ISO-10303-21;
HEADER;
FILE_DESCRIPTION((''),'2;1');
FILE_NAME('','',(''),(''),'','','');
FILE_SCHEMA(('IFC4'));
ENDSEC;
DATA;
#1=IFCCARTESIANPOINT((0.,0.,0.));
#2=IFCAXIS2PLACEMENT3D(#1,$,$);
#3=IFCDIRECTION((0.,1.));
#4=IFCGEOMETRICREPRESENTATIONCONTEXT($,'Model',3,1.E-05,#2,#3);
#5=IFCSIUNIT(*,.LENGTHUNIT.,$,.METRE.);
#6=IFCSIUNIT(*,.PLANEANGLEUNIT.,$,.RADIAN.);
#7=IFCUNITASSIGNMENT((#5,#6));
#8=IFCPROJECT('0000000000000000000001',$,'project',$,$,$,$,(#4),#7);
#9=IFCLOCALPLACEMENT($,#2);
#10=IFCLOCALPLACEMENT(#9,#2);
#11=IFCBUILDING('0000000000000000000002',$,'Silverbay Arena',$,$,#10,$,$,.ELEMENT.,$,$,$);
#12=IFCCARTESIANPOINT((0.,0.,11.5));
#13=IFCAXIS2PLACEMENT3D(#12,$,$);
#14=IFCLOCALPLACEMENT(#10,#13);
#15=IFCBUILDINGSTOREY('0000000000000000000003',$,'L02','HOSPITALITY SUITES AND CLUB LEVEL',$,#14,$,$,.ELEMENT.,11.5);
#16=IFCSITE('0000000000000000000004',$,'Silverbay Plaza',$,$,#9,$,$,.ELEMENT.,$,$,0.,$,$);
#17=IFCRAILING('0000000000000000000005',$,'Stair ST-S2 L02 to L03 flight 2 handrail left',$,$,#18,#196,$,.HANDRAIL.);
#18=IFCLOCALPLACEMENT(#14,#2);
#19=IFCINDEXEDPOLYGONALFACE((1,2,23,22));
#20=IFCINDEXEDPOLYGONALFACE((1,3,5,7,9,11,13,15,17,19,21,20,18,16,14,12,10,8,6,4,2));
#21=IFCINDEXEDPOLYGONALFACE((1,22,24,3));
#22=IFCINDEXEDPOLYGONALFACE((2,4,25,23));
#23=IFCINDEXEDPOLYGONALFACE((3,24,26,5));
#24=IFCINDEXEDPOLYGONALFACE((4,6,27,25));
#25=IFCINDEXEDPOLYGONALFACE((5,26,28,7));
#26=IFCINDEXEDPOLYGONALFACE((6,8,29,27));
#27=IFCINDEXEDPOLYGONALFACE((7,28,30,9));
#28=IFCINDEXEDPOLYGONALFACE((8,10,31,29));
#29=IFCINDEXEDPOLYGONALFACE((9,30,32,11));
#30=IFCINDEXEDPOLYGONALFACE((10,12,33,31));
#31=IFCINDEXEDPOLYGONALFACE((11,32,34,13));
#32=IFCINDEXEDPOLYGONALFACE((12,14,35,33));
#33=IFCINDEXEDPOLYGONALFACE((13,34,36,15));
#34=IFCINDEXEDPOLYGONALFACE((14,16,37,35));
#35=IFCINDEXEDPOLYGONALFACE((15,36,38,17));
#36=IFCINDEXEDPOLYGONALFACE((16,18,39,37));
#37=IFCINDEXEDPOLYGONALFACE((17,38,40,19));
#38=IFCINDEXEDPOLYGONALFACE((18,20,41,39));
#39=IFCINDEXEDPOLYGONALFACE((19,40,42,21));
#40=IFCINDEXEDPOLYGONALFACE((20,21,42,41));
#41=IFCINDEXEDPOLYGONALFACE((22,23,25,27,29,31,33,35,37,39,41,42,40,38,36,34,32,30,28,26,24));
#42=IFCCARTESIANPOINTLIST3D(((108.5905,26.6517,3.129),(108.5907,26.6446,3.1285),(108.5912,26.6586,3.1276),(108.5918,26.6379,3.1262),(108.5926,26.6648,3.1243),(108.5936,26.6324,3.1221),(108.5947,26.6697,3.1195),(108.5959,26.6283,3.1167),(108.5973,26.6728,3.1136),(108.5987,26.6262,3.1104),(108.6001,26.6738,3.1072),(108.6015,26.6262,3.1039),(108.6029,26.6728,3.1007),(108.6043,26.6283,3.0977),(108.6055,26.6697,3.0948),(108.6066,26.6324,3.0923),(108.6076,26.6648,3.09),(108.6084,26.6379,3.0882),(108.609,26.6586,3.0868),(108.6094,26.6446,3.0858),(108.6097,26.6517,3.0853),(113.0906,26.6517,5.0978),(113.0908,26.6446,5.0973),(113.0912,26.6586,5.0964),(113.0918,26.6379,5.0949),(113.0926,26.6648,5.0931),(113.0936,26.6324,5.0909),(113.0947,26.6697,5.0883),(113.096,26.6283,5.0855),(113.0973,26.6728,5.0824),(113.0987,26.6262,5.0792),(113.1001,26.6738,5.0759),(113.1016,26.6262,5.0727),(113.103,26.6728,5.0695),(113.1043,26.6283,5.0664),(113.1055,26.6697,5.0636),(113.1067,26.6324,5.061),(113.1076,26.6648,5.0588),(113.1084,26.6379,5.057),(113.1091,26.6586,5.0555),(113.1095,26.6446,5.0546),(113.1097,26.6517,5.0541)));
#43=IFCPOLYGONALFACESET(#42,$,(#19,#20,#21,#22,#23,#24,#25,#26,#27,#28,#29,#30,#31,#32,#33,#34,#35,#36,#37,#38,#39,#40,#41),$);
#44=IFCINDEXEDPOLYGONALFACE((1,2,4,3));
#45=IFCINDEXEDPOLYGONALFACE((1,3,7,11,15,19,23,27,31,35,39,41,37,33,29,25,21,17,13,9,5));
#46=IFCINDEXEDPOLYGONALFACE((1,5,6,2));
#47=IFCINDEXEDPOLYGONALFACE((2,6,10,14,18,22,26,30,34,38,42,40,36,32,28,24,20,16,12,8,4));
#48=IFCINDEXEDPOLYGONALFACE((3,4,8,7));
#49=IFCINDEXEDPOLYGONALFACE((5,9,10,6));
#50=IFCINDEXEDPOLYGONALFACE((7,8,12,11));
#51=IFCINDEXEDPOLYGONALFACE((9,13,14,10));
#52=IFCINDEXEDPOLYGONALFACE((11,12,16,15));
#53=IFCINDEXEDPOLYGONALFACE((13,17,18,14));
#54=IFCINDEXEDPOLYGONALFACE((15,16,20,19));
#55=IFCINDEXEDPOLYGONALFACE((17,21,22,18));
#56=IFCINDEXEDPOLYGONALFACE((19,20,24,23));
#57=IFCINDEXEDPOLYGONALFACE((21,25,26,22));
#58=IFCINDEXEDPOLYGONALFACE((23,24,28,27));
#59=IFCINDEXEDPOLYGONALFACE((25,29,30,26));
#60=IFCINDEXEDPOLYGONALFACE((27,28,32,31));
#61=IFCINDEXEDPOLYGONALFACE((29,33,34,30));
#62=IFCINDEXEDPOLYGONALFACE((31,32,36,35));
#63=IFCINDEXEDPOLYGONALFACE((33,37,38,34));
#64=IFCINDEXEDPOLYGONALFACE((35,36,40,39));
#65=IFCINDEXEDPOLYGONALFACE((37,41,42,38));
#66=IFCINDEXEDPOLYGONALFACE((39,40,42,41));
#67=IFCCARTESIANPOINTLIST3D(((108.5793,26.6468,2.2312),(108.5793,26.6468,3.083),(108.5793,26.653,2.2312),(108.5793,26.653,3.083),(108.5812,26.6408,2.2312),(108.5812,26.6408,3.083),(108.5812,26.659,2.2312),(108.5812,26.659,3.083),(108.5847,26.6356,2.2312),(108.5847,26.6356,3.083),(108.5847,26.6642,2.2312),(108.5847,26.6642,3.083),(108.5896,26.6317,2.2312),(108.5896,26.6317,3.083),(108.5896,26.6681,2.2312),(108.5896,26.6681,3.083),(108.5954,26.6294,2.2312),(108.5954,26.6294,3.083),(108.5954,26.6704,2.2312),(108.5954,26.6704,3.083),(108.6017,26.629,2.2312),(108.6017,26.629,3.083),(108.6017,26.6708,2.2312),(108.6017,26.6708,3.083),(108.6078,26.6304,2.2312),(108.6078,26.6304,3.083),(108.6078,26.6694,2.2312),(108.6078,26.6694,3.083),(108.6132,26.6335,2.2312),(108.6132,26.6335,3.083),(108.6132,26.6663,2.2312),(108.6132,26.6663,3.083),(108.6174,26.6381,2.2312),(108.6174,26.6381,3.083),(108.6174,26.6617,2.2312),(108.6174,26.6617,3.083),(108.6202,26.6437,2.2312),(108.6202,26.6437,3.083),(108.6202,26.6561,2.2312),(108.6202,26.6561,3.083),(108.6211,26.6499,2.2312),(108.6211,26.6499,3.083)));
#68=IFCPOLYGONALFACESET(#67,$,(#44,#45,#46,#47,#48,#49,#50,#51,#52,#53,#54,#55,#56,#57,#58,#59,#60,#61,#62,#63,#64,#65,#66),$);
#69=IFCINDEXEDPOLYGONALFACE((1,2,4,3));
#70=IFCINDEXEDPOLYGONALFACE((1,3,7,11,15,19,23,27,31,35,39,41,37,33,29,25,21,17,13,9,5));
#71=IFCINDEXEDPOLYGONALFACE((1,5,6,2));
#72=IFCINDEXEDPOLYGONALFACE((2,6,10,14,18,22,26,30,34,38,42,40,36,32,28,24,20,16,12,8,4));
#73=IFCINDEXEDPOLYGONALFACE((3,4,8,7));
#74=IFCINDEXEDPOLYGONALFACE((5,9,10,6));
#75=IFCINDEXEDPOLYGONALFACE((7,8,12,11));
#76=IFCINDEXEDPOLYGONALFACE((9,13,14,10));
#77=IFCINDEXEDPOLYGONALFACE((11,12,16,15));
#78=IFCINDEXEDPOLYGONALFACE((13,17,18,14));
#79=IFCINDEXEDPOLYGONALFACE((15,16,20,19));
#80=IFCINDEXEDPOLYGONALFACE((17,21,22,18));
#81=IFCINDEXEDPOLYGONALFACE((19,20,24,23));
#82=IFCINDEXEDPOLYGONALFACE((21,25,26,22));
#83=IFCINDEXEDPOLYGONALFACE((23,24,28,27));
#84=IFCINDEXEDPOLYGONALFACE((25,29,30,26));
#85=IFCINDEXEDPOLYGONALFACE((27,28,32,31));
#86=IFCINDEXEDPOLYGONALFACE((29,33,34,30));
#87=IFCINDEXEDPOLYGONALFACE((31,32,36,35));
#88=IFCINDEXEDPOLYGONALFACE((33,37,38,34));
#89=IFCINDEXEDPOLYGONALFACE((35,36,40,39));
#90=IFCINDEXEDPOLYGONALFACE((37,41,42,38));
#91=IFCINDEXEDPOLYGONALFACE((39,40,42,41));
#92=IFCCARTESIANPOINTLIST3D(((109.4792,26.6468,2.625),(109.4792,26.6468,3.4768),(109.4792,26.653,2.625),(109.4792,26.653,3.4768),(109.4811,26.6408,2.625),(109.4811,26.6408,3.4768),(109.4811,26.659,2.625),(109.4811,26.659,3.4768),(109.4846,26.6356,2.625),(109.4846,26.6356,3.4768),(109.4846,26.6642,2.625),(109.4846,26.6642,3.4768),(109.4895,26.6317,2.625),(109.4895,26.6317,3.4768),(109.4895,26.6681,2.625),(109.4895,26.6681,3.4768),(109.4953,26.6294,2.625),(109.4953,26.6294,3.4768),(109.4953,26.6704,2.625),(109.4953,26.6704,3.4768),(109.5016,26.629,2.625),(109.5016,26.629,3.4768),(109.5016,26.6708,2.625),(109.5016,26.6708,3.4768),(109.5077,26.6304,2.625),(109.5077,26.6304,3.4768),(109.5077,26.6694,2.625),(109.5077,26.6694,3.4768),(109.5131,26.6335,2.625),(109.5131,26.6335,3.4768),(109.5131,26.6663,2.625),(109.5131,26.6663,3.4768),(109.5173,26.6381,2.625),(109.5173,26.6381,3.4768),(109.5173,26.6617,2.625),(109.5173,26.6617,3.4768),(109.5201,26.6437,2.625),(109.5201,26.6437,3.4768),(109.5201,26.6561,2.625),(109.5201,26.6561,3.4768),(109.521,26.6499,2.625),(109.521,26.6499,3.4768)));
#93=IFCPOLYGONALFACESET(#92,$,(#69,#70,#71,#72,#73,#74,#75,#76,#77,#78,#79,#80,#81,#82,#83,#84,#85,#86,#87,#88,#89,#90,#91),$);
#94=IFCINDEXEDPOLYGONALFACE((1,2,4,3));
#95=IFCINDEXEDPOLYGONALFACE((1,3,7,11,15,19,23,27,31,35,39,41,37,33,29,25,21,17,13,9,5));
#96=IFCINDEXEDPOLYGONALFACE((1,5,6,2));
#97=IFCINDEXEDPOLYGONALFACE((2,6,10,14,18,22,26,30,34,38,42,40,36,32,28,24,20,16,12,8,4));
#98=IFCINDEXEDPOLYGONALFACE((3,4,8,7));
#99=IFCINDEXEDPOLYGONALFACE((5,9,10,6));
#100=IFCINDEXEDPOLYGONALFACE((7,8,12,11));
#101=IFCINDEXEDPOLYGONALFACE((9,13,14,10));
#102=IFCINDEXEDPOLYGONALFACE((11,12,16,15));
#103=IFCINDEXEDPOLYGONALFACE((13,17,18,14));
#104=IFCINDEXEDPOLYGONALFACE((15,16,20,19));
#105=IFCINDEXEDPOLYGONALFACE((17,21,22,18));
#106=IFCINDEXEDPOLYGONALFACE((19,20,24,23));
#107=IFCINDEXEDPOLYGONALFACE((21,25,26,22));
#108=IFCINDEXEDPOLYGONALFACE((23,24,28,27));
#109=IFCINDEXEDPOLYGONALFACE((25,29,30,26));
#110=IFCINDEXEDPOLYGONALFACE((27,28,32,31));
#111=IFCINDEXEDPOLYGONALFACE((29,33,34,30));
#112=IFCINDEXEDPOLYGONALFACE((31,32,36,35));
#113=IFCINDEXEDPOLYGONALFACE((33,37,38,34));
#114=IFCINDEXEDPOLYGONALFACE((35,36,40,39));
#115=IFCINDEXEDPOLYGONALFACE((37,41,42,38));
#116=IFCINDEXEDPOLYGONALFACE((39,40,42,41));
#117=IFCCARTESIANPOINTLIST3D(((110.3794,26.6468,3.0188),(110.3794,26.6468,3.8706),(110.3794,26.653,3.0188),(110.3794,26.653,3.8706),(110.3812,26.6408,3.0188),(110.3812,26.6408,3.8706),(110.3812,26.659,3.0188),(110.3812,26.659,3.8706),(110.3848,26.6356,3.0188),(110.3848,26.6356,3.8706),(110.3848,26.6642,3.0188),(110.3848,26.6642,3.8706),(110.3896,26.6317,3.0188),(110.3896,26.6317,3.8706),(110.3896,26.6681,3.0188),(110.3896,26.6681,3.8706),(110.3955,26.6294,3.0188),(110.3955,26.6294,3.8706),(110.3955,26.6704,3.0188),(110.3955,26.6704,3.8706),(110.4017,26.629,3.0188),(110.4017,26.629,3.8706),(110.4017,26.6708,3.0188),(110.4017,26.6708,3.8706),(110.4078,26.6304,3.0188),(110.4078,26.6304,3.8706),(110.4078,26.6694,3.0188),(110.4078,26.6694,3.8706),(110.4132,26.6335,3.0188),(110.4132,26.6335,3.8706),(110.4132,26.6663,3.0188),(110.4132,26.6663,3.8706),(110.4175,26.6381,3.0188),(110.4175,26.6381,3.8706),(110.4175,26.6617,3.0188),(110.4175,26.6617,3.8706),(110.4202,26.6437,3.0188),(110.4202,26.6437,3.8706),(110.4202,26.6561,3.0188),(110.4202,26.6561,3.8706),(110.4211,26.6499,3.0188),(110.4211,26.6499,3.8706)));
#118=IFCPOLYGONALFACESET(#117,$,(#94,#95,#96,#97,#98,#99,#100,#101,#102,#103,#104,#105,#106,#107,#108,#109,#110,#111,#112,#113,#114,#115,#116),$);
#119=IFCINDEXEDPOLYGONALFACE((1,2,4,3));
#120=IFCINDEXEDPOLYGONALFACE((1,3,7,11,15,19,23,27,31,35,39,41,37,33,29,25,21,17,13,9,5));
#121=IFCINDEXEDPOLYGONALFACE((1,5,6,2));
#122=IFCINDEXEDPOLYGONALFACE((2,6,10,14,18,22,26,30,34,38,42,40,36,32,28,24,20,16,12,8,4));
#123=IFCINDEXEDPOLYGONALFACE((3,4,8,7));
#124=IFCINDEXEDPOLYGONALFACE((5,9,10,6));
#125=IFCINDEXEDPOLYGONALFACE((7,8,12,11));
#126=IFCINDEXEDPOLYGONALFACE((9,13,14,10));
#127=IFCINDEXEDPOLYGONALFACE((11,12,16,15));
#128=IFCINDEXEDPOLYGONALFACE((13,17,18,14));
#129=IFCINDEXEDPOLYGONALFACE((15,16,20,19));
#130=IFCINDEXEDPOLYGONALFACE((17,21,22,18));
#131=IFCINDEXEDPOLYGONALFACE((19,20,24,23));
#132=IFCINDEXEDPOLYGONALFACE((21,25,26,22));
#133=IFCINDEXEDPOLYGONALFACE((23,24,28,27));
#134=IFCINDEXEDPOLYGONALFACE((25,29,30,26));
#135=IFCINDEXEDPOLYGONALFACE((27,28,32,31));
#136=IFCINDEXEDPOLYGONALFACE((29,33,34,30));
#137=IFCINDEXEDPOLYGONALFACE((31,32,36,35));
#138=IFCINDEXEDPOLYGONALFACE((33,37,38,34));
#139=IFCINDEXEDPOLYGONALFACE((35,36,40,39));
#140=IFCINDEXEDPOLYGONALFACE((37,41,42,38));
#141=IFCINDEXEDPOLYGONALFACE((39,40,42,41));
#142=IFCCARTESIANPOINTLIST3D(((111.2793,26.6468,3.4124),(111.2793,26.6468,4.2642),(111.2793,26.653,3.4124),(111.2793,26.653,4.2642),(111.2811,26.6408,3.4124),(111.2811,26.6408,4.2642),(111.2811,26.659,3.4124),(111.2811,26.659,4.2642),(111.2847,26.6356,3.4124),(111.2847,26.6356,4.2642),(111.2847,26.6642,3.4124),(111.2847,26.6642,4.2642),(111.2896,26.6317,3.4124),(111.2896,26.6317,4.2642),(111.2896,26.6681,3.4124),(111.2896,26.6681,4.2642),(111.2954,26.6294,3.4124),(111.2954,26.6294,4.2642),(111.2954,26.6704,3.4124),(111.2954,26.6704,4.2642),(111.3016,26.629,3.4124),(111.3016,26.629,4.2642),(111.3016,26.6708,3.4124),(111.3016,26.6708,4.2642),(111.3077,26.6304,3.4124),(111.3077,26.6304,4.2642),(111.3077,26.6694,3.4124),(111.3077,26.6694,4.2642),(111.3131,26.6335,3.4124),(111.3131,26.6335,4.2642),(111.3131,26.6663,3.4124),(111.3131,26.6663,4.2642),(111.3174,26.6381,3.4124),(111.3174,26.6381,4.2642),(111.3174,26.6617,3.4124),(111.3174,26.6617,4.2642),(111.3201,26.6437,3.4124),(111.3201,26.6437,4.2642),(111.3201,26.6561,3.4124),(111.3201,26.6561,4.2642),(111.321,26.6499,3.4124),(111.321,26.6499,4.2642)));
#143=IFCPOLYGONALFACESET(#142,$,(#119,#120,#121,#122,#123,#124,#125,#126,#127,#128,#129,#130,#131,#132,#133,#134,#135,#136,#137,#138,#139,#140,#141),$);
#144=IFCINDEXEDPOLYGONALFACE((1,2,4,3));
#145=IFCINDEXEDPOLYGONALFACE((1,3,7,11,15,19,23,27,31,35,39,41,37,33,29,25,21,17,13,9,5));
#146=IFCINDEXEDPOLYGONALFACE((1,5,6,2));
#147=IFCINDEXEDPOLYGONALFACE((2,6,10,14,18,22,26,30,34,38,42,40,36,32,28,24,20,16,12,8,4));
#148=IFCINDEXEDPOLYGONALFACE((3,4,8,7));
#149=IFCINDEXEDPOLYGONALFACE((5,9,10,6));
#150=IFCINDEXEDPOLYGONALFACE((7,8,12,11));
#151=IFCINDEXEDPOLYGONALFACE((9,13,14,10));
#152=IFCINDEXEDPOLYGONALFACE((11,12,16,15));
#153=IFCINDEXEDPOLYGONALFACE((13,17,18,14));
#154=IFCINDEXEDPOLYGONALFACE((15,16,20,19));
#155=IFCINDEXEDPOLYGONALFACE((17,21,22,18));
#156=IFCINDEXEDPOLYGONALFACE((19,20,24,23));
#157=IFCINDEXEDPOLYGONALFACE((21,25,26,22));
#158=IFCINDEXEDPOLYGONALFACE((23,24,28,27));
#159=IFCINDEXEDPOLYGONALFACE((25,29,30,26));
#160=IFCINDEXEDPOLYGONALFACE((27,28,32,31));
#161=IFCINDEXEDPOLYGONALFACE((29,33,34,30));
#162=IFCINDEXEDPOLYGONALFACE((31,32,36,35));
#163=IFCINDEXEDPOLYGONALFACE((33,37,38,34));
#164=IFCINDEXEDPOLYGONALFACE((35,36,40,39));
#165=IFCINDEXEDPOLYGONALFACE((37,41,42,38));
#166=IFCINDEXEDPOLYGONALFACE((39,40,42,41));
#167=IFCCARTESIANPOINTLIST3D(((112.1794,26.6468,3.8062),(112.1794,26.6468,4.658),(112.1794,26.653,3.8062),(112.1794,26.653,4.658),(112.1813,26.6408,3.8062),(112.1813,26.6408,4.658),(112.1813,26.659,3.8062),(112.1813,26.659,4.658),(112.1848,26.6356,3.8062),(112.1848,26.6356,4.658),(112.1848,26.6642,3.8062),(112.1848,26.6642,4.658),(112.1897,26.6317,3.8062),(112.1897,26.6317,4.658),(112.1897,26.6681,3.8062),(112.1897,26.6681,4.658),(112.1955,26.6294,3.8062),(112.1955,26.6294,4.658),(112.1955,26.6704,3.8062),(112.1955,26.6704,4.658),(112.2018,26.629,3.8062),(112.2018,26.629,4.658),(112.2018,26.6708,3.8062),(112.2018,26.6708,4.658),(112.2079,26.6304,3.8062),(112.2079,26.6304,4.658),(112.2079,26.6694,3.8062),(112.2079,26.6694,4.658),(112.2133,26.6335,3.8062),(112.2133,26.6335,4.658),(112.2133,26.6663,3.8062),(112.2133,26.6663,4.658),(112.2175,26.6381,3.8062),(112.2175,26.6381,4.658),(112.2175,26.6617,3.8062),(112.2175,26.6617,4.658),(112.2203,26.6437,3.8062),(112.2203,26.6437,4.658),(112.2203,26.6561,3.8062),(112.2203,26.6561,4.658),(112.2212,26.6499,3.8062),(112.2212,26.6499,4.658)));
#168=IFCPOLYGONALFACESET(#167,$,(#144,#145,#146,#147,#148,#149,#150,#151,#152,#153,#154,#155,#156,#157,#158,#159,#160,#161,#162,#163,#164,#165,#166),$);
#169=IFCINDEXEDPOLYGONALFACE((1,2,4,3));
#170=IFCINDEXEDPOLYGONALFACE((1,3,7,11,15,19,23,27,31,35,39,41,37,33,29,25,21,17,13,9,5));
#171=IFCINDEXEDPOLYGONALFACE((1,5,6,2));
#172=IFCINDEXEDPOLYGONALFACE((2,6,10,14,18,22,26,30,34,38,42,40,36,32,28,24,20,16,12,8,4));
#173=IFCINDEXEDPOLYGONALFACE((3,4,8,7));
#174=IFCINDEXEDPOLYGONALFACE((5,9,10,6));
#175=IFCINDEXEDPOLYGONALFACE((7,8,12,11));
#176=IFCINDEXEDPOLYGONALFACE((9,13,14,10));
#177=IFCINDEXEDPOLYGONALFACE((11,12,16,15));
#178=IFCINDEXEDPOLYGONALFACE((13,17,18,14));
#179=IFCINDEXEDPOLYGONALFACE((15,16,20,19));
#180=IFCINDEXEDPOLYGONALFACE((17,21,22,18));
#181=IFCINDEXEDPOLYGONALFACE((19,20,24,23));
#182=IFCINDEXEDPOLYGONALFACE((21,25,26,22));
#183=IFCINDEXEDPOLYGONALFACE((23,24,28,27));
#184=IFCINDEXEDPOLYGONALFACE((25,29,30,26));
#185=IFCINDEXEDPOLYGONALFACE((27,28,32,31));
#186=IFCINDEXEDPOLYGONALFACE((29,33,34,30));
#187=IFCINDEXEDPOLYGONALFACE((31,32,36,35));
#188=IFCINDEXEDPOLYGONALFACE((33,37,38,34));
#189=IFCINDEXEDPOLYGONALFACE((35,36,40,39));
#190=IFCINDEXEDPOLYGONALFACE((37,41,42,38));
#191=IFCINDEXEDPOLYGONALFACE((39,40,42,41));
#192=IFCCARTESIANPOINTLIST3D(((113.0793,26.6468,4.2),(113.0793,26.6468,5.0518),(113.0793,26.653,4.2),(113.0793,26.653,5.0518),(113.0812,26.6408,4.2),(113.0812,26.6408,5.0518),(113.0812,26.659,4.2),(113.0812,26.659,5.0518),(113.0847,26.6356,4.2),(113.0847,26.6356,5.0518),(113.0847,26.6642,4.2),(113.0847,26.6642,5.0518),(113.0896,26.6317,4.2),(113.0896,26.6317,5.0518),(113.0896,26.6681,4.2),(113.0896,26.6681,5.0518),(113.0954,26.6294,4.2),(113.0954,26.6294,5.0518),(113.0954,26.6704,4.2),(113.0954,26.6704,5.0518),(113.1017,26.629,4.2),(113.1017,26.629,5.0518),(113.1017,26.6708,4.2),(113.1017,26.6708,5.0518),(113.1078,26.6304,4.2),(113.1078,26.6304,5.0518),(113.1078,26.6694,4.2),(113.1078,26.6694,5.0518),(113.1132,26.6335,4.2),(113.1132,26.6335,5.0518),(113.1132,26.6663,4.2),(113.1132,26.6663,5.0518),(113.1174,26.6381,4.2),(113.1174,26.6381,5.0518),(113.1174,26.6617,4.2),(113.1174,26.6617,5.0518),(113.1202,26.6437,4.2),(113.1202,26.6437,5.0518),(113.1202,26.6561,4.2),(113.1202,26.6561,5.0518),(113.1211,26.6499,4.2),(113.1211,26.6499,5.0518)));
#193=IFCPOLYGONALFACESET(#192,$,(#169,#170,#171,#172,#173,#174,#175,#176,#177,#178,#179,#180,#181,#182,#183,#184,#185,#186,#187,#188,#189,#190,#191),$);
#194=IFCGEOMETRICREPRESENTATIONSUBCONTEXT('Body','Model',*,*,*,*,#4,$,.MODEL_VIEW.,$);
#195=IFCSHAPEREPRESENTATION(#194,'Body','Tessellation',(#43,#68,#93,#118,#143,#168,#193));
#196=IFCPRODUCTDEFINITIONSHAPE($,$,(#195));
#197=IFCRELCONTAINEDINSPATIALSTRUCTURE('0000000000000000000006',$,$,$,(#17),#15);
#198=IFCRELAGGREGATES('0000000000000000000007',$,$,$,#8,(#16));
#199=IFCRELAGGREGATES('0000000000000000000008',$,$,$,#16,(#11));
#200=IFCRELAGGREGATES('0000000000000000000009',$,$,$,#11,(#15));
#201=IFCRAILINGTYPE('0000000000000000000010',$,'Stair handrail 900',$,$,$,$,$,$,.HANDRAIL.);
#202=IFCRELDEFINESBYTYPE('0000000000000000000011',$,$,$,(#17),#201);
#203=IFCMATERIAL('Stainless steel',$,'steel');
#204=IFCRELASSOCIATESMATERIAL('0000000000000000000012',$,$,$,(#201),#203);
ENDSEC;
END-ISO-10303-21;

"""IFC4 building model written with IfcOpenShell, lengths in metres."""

from ifc_helpers import new_model, si_unit, direction, frame, origin, origin_2d, place, context, subcontext, project, spatial, circle, extrude, material, type_object, element, save


model = new_model("IFC4")

# Units and contexts
model_context = context("Model", 3, precision=1e-05, world=origin(), true_north=direction((0.0, 1.0)))
body_context = subcontext(model_context, "Body", "Model", "MODEL_VIEW")
ifc_project = project(units=[si_unit("LENGTHUNIT", "METRE"), si_unit("PLANEANGLEUNIT", "RADIAN")], contexts=[model_context])

# Site, building, storey
site_placement = place(None, origin())
site = spatial("IfcSite", under=ifc_project, at=site_placement, Name="Silverbay Plaza", CompositionType="ELEMENT", RefElevation=0.0)
building_placement = place(site_placement, origin())
building = spatial("IfcBuilding", under=site, at=building_placement, Name="Silverbay Arena", CompositionType="ELEMENT")
storey_placement = place(building_placement, frame((0.0, 0.0, 11.5)))
storey = spatial("IfcBuildingStorey", under=building, at=storey_placement, Name="L02", Description="HOSPITALITY SUITES AND CLUB LEVEL", CompositionType="ELEMENT", Elevation=11.5)

# Railing
ifc_material_1 = material(Name="Stainless steel", Category="steel")
railing_type_1 = type_object("IfcRailingType", Name="Stair handrail 900", PredefinedType="HANDRAIL", material=ifc_material_1)
for number, where, name in (
    (1, (108.6001, 26.6499, 2.2312), "Stair ST-S2 L02 to L03 flight 2 handrail left"),
):
    element("IfcRailing", number, at=place(storey_placement, frame(where)), inside=storey, type_object=railing_type_1, Name=name, PredefinedType="HANDRAIL", context=body_context, shape_type="SweptSolid", body=[
        extrude(circle(Radius=0.0239, at=origin_2d()), frame((0.0, 0.0, 0.876), z_axis=(0.916157, 0.0, 0.400819), x_axis=(0.0, 1.0, 0.0)), (0.0, 0.0, 1.0), 4.9119),
        extrude(circle(Radius=0.021, at=origin_2d()), origin(), (0.0, 0.0, 1.0), 0.8518),
        extrude(circle(Radius=0.021, at=origin_2d()), frame((0.8999, 0.0, 0.3938)), (0.0, 0.0, 1.0), 0.8518),
        extrude(circle(Radius=0.021, at=origin_2d()), frame((1.8, 0.0, 0.7876)), (0.0, 0.0, 1.0), 0.8518),
        extrude(circle(Radius=0.021, at=origin_2d()), frame((2.7, 0.0, 1.1812)), (0.0, 0.0, 1.0), 0.8518),
        extrude(circle(Radius=0.021, at=origin_2d()), frame((3.6001, 0.0, 1.575)), (0.0, 0.0, 1.0), 0.8518),
        extrude(circle(Radius=0.021, at=origin_2d()), frame((4.5, 0.0, 1.9688)), (0.0, 0.0, 1.0), 0.8518),
    ])

save(model, "model.ifc")
